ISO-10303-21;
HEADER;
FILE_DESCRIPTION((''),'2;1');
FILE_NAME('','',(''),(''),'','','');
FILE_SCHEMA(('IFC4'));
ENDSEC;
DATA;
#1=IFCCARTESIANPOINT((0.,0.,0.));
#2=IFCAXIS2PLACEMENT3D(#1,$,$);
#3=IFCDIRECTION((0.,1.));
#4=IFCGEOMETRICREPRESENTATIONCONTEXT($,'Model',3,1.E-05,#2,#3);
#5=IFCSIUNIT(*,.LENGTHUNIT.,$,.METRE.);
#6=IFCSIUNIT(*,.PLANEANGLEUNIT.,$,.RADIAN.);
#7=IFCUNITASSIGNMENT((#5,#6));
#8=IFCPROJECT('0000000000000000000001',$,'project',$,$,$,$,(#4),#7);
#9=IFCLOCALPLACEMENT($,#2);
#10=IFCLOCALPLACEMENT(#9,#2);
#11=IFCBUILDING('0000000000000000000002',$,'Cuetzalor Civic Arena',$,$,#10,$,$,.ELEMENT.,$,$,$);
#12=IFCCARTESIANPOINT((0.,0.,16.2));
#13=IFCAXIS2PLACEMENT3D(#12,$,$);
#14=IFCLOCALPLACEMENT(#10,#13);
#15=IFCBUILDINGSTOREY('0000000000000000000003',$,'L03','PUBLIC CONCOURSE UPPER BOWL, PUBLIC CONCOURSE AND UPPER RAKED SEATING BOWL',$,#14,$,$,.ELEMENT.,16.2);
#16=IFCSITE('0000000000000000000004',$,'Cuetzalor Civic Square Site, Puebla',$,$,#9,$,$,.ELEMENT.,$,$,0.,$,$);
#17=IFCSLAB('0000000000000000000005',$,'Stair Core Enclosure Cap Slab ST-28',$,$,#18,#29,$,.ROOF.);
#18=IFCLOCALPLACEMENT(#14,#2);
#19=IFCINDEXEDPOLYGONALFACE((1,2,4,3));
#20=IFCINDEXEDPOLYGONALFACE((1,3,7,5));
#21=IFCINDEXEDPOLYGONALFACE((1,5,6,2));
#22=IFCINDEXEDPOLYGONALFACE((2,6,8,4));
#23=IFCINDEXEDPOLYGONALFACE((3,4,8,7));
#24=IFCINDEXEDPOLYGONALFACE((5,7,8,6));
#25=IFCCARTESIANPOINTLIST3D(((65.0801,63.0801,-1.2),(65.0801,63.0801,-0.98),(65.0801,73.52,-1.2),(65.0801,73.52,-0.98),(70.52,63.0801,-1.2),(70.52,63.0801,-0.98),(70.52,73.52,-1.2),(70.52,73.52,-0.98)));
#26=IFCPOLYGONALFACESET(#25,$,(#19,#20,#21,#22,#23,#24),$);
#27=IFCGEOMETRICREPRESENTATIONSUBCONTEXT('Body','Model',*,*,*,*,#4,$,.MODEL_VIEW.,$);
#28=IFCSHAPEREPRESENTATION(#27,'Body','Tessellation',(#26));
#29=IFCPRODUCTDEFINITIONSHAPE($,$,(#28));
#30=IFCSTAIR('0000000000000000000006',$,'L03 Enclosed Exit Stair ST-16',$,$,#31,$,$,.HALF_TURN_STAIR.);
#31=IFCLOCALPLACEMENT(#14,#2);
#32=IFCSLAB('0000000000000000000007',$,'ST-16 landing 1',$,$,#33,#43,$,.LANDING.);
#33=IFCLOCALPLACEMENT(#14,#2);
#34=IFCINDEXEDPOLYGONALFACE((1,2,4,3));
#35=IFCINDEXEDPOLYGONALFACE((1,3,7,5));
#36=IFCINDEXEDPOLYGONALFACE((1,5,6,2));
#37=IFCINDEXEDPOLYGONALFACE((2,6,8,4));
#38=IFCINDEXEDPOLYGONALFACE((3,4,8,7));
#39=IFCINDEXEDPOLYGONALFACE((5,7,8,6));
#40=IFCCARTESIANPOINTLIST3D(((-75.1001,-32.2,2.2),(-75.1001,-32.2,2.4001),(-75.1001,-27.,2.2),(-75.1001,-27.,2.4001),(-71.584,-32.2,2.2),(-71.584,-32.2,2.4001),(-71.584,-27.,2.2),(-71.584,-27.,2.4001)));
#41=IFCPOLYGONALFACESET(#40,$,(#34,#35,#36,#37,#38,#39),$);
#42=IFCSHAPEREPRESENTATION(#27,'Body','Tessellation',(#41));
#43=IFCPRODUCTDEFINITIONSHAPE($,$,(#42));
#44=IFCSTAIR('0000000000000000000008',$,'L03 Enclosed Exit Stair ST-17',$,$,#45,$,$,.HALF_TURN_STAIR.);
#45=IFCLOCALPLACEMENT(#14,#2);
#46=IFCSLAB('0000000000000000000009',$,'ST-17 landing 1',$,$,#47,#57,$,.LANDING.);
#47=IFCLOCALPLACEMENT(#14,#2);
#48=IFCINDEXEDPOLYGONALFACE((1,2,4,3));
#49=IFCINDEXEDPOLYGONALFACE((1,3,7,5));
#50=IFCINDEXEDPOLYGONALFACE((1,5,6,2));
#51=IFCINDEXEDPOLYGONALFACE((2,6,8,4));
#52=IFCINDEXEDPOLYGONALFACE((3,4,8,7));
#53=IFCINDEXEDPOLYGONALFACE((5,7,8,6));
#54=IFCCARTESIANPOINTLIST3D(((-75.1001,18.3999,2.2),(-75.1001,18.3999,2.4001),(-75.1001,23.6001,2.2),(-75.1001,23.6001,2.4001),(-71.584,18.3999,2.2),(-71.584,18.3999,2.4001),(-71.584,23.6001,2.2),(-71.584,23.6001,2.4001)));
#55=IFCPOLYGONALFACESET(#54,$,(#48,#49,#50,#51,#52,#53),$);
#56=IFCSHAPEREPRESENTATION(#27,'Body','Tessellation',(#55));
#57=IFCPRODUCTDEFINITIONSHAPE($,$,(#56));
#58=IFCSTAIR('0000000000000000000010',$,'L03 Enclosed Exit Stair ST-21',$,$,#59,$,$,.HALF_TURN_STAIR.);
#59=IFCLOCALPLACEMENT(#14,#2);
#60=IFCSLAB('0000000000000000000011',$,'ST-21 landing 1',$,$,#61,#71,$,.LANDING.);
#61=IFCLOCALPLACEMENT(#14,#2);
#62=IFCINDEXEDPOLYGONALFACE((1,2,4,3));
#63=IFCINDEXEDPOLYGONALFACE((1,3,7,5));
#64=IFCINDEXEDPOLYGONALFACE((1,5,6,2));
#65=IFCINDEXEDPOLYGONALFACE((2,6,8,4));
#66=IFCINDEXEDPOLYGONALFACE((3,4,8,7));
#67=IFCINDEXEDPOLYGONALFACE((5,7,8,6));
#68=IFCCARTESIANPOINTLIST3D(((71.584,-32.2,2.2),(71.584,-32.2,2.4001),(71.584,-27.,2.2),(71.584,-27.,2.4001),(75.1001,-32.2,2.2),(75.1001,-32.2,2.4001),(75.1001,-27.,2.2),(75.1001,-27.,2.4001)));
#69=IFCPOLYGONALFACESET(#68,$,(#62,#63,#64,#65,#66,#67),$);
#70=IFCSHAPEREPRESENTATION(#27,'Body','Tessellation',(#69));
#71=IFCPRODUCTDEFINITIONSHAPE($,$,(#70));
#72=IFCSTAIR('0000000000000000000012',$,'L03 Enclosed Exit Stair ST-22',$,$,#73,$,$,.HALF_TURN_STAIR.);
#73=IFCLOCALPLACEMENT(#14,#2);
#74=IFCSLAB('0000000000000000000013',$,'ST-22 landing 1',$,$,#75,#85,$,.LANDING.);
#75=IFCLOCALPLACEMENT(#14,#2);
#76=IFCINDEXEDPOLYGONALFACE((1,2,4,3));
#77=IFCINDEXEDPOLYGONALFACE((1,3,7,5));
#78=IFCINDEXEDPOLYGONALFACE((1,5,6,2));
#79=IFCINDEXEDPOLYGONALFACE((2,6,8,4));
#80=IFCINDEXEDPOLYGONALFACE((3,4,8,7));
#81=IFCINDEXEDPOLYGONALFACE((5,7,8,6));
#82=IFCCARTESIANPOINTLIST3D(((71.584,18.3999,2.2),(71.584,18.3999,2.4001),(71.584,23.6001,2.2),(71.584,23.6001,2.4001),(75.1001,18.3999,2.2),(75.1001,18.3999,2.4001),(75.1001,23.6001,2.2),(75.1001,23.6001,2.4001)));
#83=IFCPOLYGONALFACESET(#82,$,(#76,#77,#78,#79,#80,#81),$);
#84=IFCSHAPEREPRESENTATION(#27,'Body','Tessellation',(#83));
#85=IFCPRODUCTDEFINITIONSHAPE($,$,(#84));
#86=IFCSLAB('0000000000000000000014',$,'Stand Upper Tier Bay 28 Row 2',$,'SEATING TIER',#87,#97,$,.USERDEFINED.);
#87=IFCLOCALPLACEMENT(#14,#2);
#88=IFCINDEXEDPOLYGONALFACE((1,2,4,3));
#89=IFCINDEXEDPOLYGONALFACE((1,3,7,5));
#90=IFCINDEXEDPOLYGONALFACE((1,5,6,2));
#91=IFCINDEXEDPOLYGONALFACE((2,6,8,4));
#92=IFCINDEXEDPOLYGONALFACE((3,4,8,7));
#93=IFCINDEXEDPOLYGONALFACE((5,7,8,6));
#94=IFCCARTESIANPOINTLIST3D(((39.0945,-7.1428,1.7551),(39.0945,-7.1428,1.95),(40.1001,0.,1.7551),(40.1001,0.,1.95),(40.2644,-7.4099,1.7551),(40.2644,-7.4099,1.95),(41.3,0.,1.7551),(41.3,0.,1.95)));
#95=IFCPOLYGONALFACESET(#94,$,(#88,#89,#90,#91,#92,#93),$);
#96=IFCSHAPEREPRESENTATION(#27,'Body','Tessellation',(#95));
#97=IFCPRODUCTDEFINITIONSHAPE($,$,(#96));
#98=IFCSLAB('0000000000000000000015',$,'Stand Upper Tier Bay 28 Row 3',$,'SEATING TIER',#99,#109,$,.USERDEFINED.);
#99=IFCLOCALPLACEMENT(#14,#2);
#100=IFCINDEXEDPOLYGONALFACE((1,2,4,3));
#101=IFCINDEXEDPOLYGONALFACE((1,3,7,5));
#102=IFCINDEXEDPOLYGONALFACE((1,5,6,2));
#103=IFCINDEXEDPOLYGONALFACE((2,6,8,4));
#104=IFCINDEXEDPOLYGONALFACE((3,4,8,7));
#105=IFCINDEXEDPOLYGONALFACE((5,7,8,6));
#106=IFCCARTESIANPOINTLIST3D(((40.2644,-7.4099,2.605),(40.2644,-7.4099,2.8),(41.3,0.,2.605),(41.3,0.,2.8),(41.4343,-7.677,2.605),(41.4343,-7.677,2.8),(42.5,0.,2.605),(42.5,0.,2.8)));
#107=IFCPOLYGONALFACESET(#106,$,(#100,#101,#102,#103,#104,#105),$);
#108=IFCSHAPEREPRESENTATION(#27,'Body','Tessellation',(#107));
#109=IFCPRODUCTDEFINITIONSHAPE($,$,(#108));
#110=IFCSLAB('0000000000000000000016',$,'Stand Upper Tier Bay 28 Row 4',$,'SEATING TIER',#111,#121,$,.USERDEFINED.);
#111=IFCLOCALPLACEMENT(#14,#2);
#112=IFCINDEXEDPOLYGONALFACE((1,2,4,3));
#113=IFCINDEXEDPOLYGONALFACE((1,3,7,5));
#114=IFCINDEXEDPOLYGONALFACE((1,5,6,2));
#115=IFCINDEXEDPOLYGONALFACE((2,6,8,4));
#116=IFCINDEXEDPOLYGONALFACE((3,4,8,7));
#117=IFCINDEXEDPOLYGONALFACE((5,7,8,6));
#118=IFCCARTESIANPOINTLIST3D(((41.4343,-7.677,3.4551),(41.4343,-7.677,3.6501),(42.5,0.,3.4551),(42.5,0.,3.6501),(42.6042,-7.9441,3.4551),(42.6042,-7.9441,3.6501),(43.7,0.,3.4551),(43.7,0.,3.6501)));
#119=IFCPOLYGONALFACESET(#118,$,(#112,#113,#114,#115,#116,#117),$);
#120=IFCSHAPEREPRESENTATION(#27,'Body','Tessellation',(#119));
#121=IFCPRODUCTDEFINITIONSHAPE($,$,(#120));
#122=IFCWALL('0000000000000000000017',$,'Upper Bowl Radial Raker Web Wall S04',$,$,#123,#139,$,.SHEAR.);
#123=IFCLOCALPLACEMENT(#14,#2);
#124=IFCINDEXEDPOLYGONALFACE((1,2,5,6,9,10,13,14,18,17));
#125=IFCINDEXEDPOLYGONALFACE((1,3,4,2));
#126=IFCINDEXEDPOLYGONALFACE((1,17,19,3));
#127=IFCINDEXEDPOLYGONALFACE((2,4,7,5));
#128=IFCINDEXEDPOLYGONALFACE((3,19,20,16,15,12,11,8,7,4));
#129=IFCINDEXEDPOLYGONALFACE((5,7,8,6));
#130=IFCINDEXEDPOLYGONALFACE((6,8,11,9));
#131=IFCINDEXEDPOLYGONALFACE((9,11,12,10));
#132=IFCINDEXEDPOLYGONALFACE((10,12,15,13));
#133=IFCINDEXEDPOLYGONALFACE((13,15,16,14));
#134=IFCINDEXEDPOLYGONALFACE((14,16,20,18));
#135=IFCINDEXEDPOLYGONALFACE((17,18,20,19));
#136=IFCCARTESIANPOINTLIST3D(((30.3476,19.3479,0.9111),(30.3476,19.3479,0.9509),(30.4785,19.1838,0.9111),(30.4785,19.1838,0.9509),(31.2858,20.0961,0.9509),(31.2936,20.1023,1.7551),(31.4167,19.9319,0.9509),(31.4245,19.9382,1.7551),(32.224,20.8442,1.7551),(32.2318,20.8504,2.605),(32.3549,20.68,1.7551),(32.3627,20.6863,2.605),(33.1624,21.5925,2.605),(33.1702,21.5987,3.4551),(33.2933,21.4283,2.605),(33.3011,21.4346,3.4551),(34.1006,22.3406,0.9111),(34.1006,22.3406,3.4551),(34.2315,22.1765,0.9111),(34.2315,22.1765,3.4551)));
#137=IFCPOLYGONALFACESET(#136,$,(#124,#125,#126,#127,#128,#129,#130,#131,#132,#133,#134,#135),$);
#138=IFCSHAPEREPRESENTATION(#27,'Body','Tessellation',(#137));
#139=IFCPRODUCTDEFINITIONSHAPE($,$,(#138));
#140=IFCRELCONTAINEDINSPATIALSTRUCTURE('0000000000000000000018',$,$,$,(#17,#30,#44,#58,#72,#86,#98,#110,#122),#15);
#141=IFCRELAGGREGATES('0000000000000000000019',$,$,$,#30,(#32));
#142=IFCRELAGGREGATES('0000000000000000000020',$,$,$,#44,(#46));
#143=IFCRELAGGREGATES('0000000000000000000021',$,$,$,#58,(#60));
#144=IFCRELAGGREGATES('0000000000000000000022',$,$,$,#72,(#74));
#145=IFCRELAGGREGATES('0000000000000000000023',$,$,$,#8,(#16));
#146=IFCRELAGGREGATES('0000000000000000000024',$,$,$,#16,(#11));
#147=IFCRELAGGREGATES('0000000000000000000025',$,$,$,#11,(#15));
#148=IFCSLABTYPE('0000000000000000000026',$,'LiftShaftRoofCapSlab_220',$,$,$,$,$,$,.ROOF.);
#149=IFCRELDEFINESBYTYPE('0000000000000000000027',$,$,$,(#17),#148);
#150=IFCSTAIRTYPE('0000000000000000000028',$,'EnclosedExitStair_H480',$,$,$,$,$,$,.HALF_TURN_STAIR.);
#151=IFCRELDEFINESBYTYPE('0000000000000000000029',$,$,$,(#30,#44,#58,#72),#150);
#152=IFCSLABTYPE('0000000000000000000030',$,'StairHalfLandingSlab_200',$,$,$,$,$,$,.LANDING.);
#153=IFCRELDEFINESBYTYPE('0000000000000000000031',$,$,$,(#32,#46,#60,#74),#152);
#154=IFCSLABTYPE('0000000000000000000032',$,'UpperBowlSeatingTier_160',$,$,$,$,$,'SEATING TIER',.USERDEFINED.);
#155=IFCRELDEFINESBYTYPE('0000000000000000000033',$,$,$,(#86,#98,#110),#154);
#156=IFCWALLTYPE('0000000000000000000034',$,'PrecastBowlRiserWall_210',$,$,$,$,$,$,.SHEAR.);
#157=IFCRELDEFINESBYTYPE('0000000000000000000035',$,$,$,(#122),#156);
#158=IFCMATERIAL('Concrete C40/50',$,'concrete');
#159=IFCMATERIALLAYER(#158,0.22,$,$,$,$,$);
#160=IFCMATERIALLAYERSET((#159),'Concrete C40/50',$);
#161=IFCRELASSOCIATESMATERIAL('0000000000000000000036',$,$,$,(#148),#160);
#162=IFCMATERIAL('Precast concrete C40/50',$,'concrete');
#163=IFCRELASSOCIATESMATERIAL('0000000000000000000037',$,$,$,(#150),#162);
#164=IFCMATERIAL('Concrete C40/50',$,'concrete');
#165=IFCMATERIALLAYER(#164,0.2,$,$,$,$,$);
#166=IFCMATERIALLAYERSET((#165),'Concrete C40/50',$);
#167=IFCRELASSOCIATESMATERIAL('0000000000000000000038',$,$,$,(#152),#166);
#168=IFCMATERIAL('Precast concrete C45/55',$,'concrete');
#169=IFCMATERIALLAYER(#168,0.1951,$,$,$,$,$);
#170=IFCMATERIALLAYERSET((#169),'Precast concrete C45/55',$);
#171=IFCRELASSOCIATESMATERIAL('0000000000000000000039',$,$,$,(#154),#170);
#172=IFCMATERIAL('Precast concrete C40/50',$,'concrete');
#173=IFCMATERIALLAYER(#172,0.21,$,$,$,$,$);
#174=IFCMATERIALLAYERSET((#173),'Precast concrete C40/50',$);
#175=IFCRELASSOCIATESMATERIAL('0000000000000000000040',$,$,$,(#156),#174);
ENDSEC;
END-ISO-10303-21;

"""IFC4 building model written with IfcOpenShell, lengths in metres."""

from ifc_helpers import new_model, si_unit, direction, frame, origin, place, context, subcontext, project, spatial, polyline, outline, extrude, material, layer, layer_set, type_object, element, aggregate, save


model = new_model("IFC4")

# Units and contexts
model_context = context("Model", 3, precision=1e-05, world=origin(), true_north=direction((0.0, 1.0)))
body_context = subcontext(model_context, "Body", "Model", "MODEL_VIEW")
ifc_project = project(units=[si_unit("LENGTHUNIT", "METRE"), si_unit("PLANEANGLEUNIT", "RADIAN")], contexts=[model_context])

# Site, building, storey
site_placement = place(None, origin())
site = spatial("IfcSite", under=ifc_project, at=site_placement, Name="Cuetzalor Civic Square Site, Puebla", CompositionType="ELEMENT", RefElevation=0.0)
building_placement = place(site_placement, origin())
building = spatial("IfcBuilding", under=site, at=building_placement, Name="Cuetzalor Civic Arena", CompositionType="ELEMENT")
storey_placement = place(building_placement, frame((0.0, 0.0, 16.2)))
storey = spatial("IfcBuildingStorey", under=building, at=storey_placement, Name="L03", Description="PUBLIC CONCOURSE UPPER BOWL, PUBLIC CONCOURSE AND UPPER RAKED SEATING BOWL", CompositionType="ELEMENT", Elevation=16.2)

# Slab
ifc_material_1 = material(Name="Concrete C40/50", Category="concrete")
ifc_layer_1 = layer(ifc_material_1, 0.22)
ifc_layer_set_1 = layer_set([ifc_layer_1], Name="Concrete C40/50")
slab_type_1 = type_object("IfcSlabType", Name="LiftShaftRoofCapSlab_220", PredefinedType="ROOF", material=ifc_layer_set_1)
slab_1_placement = place(storey_placement, frame((0.0, 0.0, -1.2)))
element("IfcSlab", 1, at=slab_1_placement, inside=storey, type_object=slab_type_1, Name="Stair Core Enclosure Cap Slab ST-28", PredefinedType="ROOF", context=body_context, shape_type="SweptSolid", body=[
    extrude(outline(polyline([(65.0801, 63.0801), (70.52, 63.0801), (70.52, 73.52), (65.0801, 73.52), (65.0801, 63.0801)])), origin(), (0.0, 0.0, 1.0), 0.22),
])

# Stairs, slabs
ifc_material_2 = material(Name="Precast concrete C40/50", Category="concrete")
stair_type = type_object("IfcStairType", Name="EnclosedExitStair_H480", PredefinedType="HALF_TURN_STAIR", material=ifc_material_2)
stair_1_placement = place(storey_placement, origin())
stair_1 = element("IfcStair", 2, at=stair_1_placement, inside=storey, type_object=stair_type, Name="L03 Enclosed Exit Stair ST-16", PredefinedType="HALF_TURN_STAIR")
ifc_material_3 = material(Name="Concrete C40/50", Category="concrete")
ifc_layer_2 = layer(ifc_material_3, 0.2)
ifc_layer_set_2 = layer_set([ifc_layer_2], Name="Concrete C40/50")
slab_type_2 = type_object("IfcSlabType", Name="StairHalfLandingSlab_200", PredefinedType="LANDING", material=ifc_layer_set_2)
slab_2_placement = place(storey_placement, frame((0.0, 0.0, 2.2)))
slab_2 = element("IfcSlab", 3, at=slab_2_placement, type_object=slab_type_2, Name="ST-16 landing 1", PredefinedType="LANDING", context=body_context, shape_type="SweptSolid", body=[
    extrude(outline(polyline([(-71.584, -27.0), (-75.1001, -27.0), (-75.1001, -32.2), (-71.584, -32.2), (-71.584, -27.0)])), origin(), (0.0, 0.0, 1.0), 0.2002),
])
aggregate(stair_1, [slab_2])
stair_2_placement = place(storey_placement, origin())
stair_2 = element("IfcStair", 4, at=stair_2_placement, inside=storey, type_object=stair_type, Name="L03 Enclosed Exit Stair ST-17", PredefinedType="HALF_TURN_STAIR")
slab_3_placement = place(storey_placement, frame((0.0, 0.0, 2.2)))
slab_3 = element("IfcSlab", 5, at=slab_3_placement, type_object=slab_type_2, Name="ST-17 landing 1", PredefinedType="LANDING", context=body_context, shape_type="SweptSolid", body=[
    extrude(outline(polyline([(-71.584, 23.6001), (-75.1001, 23.6001), (-75.1001, 18.3999), (-71.584, 18.3999), (-71.584, 23.6001)])), origin(), (0.0, 0.0, 1.0), 0.2002),
])
aggregate(stair_2, [slab_3])
stair_3_placement = place(storey_placement, origin())
stair_3 = element("IfcStair", 6, at=stair_3_placement, inside=storey, type_object=stair_type, Name="L03 Enclosed Exit Stair ST-21", PredefinedType="HALF_TURN_STAIR")
slab_4_placement = place(storey_placement, frame((0.0, 0.0, 2.2)))
slab_4 = element("IfcSlab", 7, at=slab_4_placement, type_object=slab_type_2, Name="ST-21 landing 1", PredefinedType="LANDING", context=body_context, shape_type="SweptSolid", body=[
    extrude(outline(polyline([(71.584, -32.2), (75.1001, -32.2), (75.1001, -27.0), (71.584, -27.0), (71.584, -32.2)])), origin(), (0.0, 0.0, 1.0), 0.2002),
])
aggregate(stair_3, [slab_4])
stair_4_placement = place(storey_placement, origin())
stair_4 = element("IfcStair", 8, at=stair_4_placement, inside=storey, type_object=stair_type, Name="L03 Enclosed Exit Stair ST-22", PredefinedType="HALF_TURN_STAIR")
slab_5_placement = place(storey_placement, frame((0.0, 0.0, 2.2)))
slab_5 = element("IfcSlab", 9, at=slab_5_placement, type_object=slab_type_2, Name="ST-22 landing 1", PredefinedType="LANDING", context=body_context, shape_type="SweptSolid", body=[
    extrude(outline(polyline([(71.584, 18.3999), (75.1001, 18.3999), (75.1001, 23.6001), (71.584, 23.6001), (71.584, 18.3999)])), origin(), (0.0, 0.0, 1.0), 0.2002),
])
aggregate(stair_4, [slab_5])

# Slabs
ifc_material_4 = material(Name="Precast concrete C45/55", Category="concrete")
ifc_layer_3 = layer(ifc_material_4, 0.1951)
ifc_layer_set_3 = layer_set([ifc_layer_3], Name="Precast concrete C45/55")
slab_type_3 = type_object("IfcSlabType", Name="UpperBowlSeatingTier_160", ElementType="SEATING TIER", PredefinedType="USERDEFINED", material=ifc_layer_set_3)
slab_6_placement = place(storey_placement, frame((0.0, 0.0, 1.7551)))
element("IfcSlab", 10, at=slab_6_placement, inside=storey, type_object=slab_type_3, Name="Stand Upper Tier Bay 28 Row 2", ObjectType="SEATING TIER", PredefinedType="USERDEFINED", context=body_context, shape_type="SweptSolid", body=[
    extrude(outline(polyline([(39.0945, -7.1428), (40.1001, 0.0), (41.3, 0.0), (40.2644, -7.4099), (39.0945, -7.1428)])), origin(), (0.0, 0.0, 1.0), 0.1948),
])
slab_7_placement = place(storey_placement, frame((0.0, 0.0, 2.605)))
element("IfcSlab", 11, at=slab_7_placement, inside=storey, type_object=slab_type_3, Name="Stand Upper Tier Bay 28 Row 3", ObjectType="SEATING TIER", PredefinedType="USERDEFINED", context=body_context, shape_type="SweptSolid", body=[
    extrude(outline(polyline([(40.2644, -7.4099), (41.3, 0.0), (42.5, 0.0), (41.4343, -7.677), (40.2644, -7.4099)])), origin(), (0.0, 0.0, 1.0), 0.1951),
])
slab_8_placement = place(storey_placement, frame((0.0, 0.0, 3.4551)))
element("IfcSlab", 12, at=slab_8_placement, inside=storey, type_object=slab_type_3, Name="Stand Upper Tier Bay 28 Row 4", ObjectType="SEATING TIER", PredefinedType="USERDEFINED", context=body_context, shape_type="SweptSolid", body=[
    extrude(outline(polyline([(41.4343, -7.677), (42.5, 0.0), (43.7, 0.0), (42.6042, -7.9441), (41.4343, -7.677)])), origin(), (0.0, 0.0, 1.0), 0.1951),
])

# Wall
ifc_material_5 = material(Name="Precast concrete C40/50", Category="concrete")
ifc_layer_4 = layer(ifc_material_5, 0.21)
ifc_layer_set_4 = layer_set([ifc_layer_4], Name="Precast concrete C40/50")
wall_type = type_object("IfcWallType", Name="PrecastBowlRiserWall_210", PredefinedType="SHEAR", material=ifc_layer_set_4)
wall_placement = place(storey_placement, frame((30.4131, 19.2659, 0.9111), z_axis=(0.0, 0.0, 1.0), x_axis=(0.78185, 0.623466, 0.0)))
element("IfcWall", 13, at=wall_placement, inside=storey, type_object=wall_type, Name="Upper Bowl Radial Raker Web Wall S04", PredefinedType="SHEAR", context=body_context, shape_type="SweptSolid", body=[
    extrude(outline(polyline([(0.0, 0.0), (4.8, 0.0), (4.8, 2.5439), (3.6101, 2.5439), (3.6001, 1.6938), (2.4099, 1.6938), (2.3999, 0.844), (1.21, 0.844), (1.2, 0.0398), (0.0, 0.0398), (0.0, 0.0)])), frame((0.0, 0.105, 0.0), z_axis=(0.0, -1.0, 0.0), x_axis=(1.0, 0.0, 0.0)), (0.0, 0.0, 1.0), 0.21),
])

save(model, "model.ifc")
